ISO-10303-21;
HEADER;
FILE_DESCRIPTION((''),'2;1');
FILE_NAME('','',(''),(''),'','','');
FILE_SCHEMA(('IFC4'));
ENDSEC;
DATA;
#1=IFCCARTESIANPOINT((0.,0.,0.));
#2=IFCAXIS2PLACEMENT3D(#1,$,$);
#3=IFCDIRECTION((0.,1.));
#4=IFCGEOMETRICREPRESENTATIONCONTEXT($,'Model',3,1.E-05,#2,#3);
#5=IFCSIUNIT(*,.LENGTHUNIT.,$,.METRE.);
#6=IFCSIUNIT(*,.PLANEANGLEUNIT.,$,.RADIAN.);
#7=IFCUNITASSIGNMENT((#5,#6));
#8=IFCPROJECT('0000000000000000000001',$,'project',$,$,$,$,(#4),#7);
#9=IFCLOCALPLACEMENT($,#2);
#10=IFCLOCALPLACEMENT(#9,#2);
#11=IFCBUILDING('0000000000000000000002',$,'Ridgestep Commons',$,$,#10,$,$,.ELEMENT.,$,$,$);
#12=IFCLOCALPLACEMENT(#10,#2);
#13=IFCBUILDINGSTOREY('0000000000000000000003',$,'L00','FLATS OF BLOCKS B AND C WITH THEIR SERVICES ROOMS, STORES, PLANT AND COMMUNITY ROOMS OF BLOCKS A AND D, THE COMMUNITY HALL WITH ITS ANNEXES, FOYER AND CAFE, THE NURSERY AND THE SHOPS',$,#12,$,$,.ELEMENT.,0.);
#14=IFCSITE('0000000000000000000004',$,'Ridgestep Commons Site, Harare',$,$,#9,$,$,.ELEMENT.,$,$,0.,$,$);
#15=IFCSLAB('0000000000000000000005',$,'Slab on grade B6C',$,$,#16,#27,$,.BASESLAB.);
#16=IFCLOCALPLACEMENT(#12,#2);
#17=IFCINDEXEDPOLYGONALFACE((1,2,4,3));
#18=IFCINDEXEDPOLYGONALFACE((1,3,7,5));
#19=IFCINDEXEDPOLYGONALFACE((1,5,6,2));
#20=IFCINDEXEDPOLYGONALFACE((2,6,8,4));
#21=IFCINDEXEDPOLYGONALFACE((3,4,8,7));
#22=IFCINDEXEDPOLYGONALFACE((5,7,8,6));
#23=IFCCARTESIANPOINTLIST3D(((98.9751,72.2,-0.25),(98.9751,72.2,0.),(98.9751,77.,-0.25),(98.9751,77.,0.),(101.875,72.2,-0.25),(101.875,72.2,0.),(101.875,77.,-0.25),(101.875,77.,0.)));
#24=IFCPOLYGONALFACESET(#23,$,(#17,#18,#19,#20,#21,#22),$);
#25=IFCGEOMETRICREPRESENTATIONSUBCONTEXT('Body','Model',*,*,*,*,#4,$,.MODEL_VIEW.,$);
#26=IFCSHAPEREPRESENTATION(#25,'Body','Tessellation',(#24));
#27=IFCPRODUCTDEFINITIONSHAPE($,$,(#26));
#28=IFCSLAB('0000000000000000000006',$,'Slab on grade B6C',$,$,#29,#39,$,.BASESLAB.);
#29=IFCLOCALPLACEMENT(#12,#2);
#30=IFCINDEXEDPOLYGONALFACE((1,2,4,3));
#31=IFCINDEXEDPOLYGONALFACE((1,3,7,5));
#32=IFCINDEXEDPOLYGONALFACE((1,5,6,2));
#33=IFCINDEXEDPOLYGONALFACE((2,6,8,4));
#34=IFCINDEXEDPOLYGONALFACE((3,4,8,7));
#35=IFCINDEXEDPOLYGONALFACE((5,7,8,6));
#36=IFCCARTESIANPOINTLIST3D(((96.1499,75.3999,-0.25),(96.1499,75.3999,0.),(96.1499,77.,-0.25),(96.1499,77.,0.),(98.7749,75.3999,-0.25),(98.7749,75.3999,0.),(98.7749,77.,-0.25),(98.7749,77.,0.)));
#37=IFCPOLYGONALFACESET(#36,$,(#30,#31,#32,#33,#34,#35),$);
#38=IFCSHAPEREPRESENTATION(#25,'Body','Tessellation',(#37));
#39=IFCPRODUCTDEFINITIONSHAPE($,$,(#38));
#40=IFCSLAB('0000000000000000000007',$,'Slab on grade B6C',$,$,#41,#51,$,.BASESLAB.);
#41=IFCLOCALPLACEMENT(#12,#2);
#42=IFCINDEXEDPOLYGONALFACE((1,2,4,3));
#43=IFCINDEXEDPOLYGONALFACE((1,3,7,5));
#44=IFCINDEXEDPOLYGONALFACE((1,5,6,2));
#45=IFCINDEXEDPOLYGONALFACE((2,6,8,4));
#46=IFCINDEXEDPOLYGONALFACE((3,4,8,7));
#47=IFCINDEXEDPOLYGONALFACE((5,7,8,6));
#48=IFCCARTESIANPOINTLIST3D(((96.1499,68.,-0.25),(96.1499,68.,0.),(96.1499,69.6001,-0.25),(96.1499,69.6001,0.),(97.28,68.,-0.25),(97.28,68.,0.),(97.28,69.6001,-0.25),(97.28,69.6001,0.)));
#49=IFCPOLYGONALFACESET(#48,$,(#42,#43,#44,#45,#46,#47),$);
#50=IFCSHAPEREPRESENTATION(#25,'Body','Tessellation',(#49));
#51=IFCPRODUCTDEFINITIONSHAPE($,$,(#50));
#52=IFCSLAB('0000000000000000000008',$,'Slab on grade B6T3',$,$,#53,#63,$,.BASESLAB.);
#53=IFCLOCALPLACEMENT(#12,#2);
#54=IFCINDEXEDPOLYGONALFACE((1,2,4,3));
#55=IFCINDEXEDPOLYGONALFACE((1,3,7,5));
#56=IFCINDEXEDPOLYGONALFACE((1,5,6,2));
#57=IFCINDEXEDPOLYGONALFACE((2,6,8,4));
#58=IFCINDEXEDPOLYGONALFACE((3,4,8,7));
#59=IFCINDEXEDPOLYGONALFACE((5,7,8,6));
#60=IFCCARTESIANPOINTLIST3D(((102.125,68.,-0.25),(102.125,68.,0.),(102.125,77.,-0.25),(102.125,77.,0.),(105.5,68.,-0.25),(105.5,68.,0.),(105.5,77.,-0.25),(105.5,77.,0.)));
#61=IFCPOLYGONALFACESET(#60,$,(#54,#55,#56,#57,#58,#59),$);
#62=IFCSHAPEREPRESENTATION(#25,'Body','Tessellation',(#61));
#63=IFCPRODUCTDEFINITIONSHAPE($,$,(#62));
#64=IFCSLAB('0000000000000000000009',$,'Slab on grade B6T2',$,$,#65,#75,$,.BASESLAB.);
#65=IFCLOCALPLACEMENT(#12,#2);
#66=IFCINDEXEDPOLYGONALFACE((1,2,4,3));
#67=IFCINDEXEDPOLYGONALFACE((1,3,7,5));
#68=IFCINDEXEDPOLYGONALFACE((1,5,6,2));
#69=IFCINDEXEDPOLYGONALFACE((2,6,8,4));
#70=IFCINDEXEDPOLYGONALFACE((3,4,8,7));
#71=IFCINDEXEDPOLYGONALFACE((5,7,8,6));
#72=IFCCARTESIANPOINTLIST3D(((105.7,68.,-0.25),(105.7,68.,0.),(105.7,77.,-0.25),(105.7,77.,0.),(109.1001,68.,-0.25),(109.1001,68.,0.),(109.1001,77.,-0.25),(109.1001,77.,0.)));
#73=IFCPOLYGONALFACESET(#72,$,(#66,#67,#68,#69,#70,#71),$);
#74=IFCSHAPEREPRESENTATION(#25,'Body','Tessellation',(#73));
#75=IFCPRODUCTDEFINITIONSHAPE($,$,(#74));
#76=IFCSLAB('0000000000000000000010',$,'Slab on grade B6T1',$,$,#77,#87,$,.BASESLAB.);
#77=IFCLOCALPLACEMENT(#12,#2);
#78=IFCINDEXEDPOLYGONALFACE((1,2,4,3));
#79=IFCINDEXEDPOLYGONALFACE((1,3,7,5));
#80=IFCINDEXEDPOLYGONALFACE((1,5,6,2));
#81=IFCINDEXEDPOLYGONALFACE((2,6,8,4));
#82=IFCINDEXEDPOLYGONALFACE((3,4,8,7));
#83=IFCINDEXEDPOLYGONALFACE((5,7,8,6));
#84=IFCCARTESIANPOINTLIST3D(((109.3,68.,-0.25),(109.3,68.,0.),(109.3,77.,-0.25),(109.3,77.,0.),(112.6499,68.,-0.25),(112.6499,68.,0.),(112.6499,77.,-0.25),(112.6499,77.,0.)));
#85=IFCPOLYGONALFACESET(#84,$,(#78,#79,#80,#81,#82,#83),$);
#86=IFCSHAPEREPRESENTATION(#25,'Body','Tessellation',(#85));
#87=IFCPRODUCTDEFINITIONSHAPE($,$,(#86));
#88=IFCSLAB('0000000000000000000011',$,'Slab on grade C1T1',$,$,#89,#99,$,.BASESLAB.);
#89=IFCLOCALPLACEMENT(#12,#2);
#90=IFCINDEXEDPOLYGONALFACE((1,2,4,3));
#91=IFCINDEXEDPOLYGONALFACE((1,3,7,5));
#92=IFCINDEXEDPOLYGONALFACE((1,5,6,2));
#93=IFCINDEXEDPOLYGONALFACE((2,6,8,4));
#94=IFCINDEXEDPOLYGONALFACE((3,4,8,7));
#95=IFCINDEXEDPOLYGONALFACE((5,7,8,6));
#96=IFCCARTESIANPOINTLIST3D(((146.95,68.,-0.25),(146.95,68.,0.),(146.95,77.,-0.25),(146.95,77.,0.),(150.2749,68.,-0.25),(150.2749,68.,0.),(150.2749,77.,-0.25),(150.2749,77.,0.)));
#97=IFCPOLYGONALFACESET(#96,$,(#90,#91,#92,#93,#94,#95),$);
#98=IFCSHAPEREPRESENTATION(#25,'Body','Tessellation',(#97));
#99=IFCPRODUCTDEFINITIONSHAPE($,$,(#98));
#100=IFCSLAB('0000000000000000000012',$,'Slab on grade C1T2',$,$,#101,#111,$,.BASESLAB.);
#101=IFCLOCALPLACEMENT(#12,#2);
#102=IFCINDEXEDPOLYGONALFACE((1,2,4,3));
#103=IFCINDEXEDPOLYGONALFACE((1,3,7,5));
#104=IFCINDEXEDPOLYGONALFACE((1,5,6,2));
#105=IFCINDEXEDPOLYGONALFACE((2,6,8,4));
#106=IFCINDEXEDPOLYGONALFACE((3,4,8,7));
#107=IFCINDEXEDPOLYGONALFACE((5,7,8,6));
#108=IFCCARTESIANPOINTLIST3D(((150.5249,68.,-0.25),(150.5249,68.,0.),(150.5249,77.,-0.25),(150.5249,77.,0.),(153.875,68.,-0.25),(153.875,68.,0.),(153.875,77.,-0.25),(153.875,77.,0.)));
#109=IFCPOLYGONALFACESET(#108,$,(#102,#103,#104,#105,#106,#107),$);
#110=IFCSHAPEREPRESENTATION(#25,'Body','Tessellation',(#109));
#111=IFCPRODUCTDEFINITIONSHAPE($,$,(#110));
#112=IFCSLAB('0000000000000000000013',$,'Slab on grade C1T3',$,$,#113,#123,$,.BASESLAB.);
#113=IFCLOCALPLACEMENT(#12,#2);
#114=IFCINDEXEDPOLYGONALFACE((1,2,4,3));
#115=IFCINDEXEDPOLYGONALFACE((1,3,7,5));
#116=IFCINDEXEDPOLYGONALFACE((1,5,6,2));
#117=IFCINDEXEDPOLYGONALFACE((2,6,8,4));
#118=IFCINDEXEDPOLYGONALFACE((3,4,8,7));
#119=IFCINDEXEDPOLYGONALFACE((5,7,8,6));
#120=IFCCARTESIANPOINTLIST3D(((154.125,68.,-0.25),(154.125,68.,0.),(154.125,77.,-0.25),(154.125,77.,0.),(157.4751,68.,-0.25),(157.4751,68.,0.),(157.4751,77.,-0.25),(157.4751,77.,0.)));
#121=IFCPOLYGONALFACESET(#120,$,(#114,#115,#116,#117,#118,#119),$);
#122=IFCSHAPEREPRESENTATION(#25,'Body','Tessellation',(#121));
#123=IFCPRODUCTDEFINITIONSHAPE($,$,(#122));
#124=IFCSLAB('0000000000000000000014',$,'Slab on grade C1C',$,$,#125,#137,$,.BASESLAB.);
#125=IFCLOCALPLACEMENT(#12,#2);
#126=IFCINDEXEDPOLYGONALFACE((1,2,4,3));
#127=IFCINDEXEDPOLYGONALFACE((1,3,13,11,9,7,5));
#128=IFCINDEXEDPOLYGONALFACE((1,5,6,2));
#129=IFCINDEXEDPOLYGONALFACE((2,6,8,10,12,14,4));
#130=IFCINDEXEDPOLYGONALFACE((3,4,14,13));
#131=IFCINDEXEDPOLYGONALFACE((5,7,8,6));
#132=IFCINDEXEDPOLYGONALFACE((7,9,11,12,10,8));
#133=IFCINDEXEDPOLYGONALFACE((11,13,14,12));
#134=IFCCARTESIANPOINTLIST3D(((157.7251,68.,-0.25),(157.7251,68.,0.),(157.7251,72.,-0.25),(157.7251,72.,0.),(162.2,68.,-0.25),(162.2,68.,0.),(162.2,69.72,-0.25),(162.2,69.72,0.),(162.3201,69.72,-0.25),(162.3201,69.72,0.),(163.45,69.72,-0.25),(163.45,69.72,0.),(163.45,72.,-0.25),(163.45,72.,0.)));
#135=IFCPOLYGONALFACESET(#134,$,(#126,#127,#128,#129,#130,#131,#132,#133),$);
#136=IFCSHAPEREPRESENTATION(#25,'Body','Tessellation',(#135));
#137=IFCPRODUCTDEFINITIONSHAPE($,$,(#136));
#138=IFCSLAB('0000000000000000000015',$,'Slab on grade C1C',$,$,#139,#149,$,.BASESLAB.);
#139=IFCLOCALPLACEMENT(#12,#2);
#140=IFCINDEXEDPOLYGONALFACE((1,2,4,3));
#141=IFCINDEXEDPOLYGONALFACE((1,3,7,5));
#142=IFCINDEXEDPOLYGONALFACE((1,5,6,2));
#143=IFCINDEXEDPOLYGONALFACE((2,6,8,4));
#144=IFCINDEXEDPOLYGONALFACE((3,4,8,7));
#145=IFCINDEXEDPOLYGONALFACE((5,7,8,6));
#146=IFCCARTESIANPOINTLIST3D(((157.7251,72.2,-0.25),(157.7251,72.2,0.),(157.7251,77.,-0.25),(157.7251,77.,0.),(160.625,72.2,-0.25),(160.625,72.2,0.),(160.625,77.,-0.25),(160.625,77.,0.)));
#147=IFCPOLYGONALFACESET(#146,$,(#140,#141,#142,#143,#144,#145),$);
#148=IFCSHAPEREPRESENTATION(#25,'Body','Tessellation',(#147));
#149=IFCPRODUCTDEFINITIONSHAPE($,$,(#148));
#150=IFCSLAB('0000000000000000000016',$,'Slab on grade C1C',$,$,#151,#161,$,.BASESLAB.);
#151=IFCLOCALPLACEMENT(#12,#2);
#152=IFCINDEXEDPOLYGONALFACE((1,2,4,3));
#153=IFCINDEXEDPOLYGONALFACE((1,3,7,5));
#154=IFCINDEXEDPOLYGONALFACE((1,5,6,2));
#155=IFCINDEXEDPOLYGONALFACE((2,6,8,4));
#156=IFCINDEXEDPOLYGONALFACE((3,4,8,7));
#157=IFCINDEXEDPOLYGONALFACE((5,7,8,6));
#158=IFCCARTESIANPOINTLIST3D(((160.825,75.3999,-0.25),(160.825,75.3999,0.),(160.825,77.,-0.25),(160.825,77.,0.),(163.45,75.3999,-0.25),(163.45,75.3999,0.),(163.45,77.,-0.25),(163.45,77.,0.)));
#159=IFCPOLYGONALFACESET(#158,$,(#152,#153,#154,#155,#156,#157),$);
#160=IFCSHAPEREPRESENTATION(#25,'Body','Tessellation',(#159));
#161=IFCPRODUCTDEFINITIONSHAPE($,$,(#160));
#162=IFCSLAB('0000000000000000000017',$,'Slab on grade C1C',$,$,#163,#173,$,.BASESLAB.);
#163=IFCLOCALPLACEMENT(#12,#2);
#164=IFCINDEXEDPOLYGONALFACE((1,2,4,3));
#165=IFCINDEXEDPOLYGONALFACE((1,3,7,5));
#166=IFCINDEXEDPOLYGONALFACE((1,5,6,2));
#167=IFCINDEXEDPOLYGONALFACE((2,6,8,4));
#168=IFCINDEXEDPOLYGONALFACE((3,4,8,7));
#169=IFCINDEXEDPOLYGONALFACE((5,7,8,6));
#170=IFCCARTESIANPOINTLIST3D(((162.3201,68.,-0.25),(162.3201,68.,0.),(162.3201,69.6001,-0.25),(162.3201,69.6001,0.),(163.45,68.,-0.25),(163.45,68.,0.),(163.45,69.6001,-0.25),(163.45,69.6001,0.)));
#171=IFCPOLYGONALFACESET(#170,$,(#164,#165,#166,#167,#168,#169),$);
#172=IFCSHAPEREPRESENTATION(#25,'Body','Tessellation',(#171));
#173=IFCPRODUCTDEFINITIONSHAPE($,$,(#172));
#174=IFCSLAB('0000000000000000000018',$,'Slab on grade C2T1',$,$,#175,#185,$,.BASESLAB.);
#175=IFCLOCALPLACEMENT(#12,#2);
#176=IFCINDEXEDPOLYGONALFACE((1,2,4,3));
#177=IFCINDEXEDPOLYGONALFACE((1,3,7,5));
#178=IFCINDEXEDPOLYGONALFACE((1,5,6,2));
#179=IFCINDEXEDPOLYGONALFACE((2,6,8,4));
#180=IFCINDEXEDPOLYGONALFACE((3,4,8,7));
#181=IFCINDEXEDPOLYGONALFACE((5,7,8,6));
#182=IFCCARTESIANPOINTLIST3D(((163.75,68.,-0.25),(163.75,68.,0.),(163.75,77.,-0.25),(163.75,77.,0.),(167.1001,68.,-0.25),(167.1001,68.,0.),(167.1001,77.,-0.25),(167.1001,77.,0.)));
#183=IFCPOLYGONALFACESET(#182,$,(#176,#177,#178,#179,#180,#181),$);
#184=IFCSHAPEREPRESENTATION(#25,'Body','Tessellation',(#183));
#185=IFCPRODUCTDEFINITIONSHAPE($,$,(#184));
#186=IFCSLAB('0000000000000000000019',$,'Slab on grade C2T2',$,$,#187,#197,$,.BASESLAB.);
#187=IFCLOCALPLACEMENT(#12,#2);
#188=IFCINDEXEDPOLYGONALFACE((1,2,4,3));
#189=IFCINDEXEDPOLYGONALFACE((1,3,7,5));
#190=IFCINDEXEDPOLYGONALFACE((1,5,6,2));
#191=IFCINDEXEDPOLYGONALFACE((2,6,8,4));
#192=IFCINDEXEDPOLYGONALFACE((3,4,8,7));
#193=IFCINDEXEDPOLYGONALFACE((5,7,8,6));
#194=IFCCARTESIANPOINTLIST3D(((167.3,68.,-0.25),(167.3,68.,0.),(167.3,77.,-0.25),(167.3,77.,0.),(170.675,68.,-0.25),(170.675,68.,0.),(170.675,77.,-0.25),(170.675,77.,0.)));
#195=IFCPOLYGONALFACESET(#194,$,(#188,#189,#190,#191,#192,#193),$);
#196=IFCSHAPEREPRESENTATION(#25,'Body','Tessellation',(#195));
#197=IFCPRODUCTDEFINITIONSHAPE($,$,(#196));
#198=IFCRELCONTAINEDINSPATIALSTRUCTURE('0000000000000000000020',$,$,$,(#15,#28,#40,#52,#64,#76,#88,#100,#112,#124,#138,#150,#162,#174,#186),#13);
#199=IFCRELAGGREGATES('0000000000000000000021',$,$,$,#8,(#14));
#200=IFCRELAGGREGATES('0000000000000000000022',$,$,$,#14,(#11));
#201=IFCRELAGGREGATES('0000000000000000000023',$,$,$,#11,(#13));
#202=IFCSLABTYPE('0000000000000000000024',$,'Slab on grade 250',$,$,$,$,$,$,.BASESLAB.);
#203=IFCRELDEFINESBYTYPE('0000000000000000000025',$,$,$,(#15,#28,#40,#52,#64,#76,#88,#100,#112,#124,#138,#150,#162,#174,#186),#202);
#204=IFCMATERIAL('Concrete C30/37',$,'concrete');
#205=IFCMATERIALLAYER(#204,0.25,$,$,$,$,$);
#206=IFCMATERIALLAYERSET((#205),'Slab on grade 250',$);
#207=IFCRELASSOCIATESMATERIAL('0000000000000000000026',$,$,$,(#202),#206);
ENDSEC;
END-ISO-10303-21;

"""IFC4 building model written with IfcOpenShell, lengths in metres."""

from ifc_helpers import new_model, si_unit, direction, frame, origin, place, context, subcontext, project, spatial, polyline, outline, extrude, material, layer, layer_set, type_object, element, save


model = new_model("IFC4")

# Units and contexts
model_context = context("Model", 3, precision=1e-05, world=origin(), true_north=direction((0.0, 1.0)))
body_context = subcontext(model_context, "Body", "Model", "MODEL_VIEW")
ifc_project = project(units=[si_unit("LENGTHUNIT", "METRE"), si_unit("PLANEANGLEUNIT", "RADIAN")], contexts=[model_context])

# Site, building, storey
site_placement = place(None, origin())
site = spatial("IfcSite", under=ifc_project, at=site_placement, Name="Ridgestep Commons Site, Harare", CompositionType="ELEMENT", RefElevation=0.0)
building_placement = place(site_placement, origin())
building = spatial("IfcBuilding", under=site, at=building_placement, Name="Ridgestep Commons", CompositionType="ELEMENT")
storey_placement = place(building_placement, origin())
storey = spatial("IfcBuildingStorey", under=building, at=storey_placement, Name="L00", Description="FLATS OF BLOCKS B AND C WITH THEIR SERVICES ROOMS, STORES, PLANT AND COMMUNITY ROOMS OF BLOCKS A AND D, THE COMMUNITY HALL WITH ITS ANNEXES, FOYER AND CAFE, THE NURSERY AND THE SHOPS", CompositionType="ELEMENT", Elevation=0.0)

# Slabs
ifc_material = material(Name="Concrete C30/37", Category="concrete")
ifc_layer = layer(ifc_material, 0.25)
ifc_layer_set = layer_set([ifc_layer], Name="Slab on grade 250")
slab_type = type_object("IfcSlabType", Name="Slab on grade 250", PredefinedType="BASESLAB", material=ifc_layer_set)
slab_1_placement = place(storey_placement, frame((0.0, 0.0, -0.25)))
element("IfcSlab", 1, at=slab_1_placement, inside=storey, type_object=slab_type, Name="Slab on grade B6C", PredefinedType="BASESLAB", context=body_context, shape_type="SweptSolid", body=[
    extrude(outline(polyline([(101.875, 72.2), (101.875, 77.0), (98.9751, 77.0), (98.9751, 72.2), (101.875, 72.2)])), origin(), (0.0, 0.0, 1.0), 0.25),
])
slab_2_placement = place(storey_placement, frame((0.0, 0.0, -0.25)))
element("IfcSlab", 2, at=slab_2_placement, inside=storey, type_object=slab_type, Name="Slab on grade B6C", PredefinedType="BASESLAB", context=body_context, shape_type="SweptSolid", body=[
    extrude(outline(polyline([(98.7749, 77.0), (96.1499, 77.0), (96.1499, 75.3999), (98.7749, 75.3999), (98.7749, 77.0)])), origin(), (0.0, 0.0, 1.0), 0.25),
])
slab_3_placement = place(storey_placement, frame((0.0, 0.0, -0.25)))
element("IfcSlab", 3, at=slab_3_placement, inside=storey, type_object=slab_type, Name="Slab on grade B6C", PredefinedType="BASESLAB", context=body_context, shape_type="SweptSolid", body=[
    extrude(outline(polyline([(97.28, 69.6001), (96.1499, 69.6001), (96.1499, 68.0), (97.28, 68.0), (97.28, 69.6001)])), origin(), (0.0, 0.0, 1.0), 0.25),
])
slab_4_placement = place(storey_placement, frame((0.0, 0.0, -0.25)))
element("IfcSlab", 4, at=slab_4_placement, inside=storey, type_object=slab_type, Name="Slab on grade B6T3", PredefinedType="BASESLAB", context=body_context, shape_type="SweptSolid", body=[
    extrude(outline(polyline([(105.5, 68.0), (105.5, 77.0), (102.125, 77.0), (102.125, 68.0), (105.5, 68.0)])), origin(), (0.0, 0.0, 1.0), 0.25),
])
slab_5_placement = place(storey_placement, frame((0.0, 0.0, -0.25)))
element("IfcSlab", 5, at=slab_5_placement, inside=storey, type_object=slab_type, Name="Slab on grade B6T2", PredefinedType="BASESLAB", context=body_context, shape_type="SweptSolid", body=[
    extrude(outline(polyline([(109.1001, 68.0), (109.1001, 77.0), (105.7, 77.0), (105.7, 68.0), (109.1001, 68.0)])), origin(), (0.0, 0.0, 1.0), 0.25),
])
slab_6_placement = place(storey_placement, frame((0.0, 0.0, -0.25)))
element("IfcSlab", 6, at=slab_6_placement, inside=storey, type_object=slab_type, Name="Slab on grade B6T1", PredefinedType="BASESLAB", context=body_context, shape_type="SweptSolid", body=[
    extrude(outline(polyline([(112.6499, 68.0), (112.6499, 77.0), (109.3, 77.0), (109.3, 68.0), (112.6499, 68.0)])), origin(), (0.0, 0.0, 1.0), 0.25),
])
slab_7_placement = place(storey_placement, frame((0.0, 0.0, -0.25)))
element("IfcSlab", 7, at=slab_7_placement, inside=storey, type_object=slab_type, Name="Slab on grade C1T1", PredefinedType="BASESLAB", context=body_context, shape_type="SweptSolid", body=[
    extrude(outline(polyline([(150.2749, 68.0), (150.2749, 77.0), (146.95, 77.0), (146.95, 68.0), (150.2749, 68.0)])), origin(), (0.0, 0.0, 1.0), 0.25),
])
slab_8_placement = place(storey_placement, frame((0.0, 0.0, -0.25)))
element("IfcSlab", 8, at=slab_8_placement, inside=storey, type_object=slab_type, Name="Slab on grade C1T2", PredefinedType="BASESLAB", context=body_context, shape_type="SweptSolid", body=[
    extrude(outline(polyline([(153.875, 68.0), (153.875, 77.0), (150.5249, 77.0), (150.5249, 68.0), (153.875, 68.0)])), origin(), (0.0, 0.0, 1.0), 0.25),
])
slab_9_placement = place(storey_placement, frame((0.0, 0.0, -0.25)))
element("IfcSlab", 9, at=slab_9_placement, inside=storey, type_object=slab_type, Name="Slab on grade C1T3", PredefinedType="BASESLAB", context=body_context, shape_type="SweptSolid", body=[
    extrude(outline(polyline([(157.4751, 68.0), (157.4751, 77.0), (154.125, 77.0), (154.125, 68.0), (157.4751, 68.0)])), origin(), (0.0, 0.0, 1.0), 0.25),
])
slab_10_placement = place(storey_placement, frame((0.0, 0.0, -0.25)))
element("IfcSlab", 10, at=slab_10_placement, inside=storey, type_object=slab_type, Name="Slab on grade C1C", PredefinedType="BASESLAB", context=body_context, shape_type="SweptSolid", body=[
    extrude(outline(polyline([(162.3201, 69.72), (163.45, 69.72), (163.45, 72.0), (157.7251, 72.0), (157.7251, 68.0), (162.2, 68.0), (162.2, 69.72), (162.3201, 69.72)])), origin(), (0.0, 0.0, 1.0), 0.25),
])
slab_11_placement = place(storey_placement, frame((0.0, 0.0, -0.25)))
element("IfcSlab", 11, at=slab_11_placement, inside=storey, type_object=slab_type, Name="Slab on grade C1C", PredefinedType="BASESLAB", context=body_context, shape_type="SweptSolid", body=[
    extrude(outline(polyline([(160.625, 77.0), (157.7251, 77.0), (157.7251, 72.2), (160.625, 72.2), (160.625, 77.0)])), origin(), (0.0, 0.0, 1.0), 0.25),
])
slab_12_placement = place(storey_placement, frame((0.0, 0.0, -0.25)))
element("IfcSlab", 12, at=slab_12_placement, inside=storey, type_object=slab_type, Name="Slab on grade C1C", PredefinedType="BASESLAB", context=body_context, shape_type="SweptSolid", body=[
    extrude(outline(polyline([(163.45, 75.3999), (163.45, 77.0), (160.825, 77.0), (160.825, 75.3999), (163.45, 75.3999)])), origin(), (0.0, 0.0, 1.0), 0.25),
])
slab_13_placement = place(storey_placement, frame((0.0, 0.0, -0.25)))
element("IfcSlab", 13, at=slab_13_placement, inside=storey, type_object=slab_type, Name="Slab on grade C1C", PredefinedType="BASESLAB", context=body_context, shape_type="SweptSolid", body=[
    extrude(outline(polyline([(162.3201, 68.0), (163.45, 68.0), (163.45, 69.6001), (162.3201, 69.6001), (162.3201, 68.0)])), origin(), (0.0, 0.0, 1.0), 0.25),
])
slab_14_placement = place(storey_placement, frame((0.0, 0.0, -0.25)))
element("IfcSlab", 14, at=slab_14_placement, inside=storey, type_object=slab_type, Name="Slab on grade C2T1", PredefinedType="BASESLAB", context=body_context, shape_type="SweptSolid", body=[
    extrude(outline(polyline([(167.1001, 68.0), (167.1001, 77.0), (163.75, 77.0), (163.75, 68.0), (167.1001, 68.0)])), origin(), (0.0, 0.0, 1.0), 0.25),
])
slab_15_placement = place(storey_placement, frame((0.0, 0.0, -0.25)))
element("IfcSlab", 15, at=slab_15_placement, inside=storey, type_object=slab_type, Name="Slab on grade C2T2", PredefinedType="BASESLAB", context=body_context, shape_type="SweptSolid", body=[
    extrude(outline(polyline([(170.675, 68.0), (170.675, 77.0), (167.3, 77.0), (167.3, 68.0), (170.675, 68.0)])), origin(), (0.0, 0.0, 1.0), 0.25),
])

save(model, "model.ifc")
